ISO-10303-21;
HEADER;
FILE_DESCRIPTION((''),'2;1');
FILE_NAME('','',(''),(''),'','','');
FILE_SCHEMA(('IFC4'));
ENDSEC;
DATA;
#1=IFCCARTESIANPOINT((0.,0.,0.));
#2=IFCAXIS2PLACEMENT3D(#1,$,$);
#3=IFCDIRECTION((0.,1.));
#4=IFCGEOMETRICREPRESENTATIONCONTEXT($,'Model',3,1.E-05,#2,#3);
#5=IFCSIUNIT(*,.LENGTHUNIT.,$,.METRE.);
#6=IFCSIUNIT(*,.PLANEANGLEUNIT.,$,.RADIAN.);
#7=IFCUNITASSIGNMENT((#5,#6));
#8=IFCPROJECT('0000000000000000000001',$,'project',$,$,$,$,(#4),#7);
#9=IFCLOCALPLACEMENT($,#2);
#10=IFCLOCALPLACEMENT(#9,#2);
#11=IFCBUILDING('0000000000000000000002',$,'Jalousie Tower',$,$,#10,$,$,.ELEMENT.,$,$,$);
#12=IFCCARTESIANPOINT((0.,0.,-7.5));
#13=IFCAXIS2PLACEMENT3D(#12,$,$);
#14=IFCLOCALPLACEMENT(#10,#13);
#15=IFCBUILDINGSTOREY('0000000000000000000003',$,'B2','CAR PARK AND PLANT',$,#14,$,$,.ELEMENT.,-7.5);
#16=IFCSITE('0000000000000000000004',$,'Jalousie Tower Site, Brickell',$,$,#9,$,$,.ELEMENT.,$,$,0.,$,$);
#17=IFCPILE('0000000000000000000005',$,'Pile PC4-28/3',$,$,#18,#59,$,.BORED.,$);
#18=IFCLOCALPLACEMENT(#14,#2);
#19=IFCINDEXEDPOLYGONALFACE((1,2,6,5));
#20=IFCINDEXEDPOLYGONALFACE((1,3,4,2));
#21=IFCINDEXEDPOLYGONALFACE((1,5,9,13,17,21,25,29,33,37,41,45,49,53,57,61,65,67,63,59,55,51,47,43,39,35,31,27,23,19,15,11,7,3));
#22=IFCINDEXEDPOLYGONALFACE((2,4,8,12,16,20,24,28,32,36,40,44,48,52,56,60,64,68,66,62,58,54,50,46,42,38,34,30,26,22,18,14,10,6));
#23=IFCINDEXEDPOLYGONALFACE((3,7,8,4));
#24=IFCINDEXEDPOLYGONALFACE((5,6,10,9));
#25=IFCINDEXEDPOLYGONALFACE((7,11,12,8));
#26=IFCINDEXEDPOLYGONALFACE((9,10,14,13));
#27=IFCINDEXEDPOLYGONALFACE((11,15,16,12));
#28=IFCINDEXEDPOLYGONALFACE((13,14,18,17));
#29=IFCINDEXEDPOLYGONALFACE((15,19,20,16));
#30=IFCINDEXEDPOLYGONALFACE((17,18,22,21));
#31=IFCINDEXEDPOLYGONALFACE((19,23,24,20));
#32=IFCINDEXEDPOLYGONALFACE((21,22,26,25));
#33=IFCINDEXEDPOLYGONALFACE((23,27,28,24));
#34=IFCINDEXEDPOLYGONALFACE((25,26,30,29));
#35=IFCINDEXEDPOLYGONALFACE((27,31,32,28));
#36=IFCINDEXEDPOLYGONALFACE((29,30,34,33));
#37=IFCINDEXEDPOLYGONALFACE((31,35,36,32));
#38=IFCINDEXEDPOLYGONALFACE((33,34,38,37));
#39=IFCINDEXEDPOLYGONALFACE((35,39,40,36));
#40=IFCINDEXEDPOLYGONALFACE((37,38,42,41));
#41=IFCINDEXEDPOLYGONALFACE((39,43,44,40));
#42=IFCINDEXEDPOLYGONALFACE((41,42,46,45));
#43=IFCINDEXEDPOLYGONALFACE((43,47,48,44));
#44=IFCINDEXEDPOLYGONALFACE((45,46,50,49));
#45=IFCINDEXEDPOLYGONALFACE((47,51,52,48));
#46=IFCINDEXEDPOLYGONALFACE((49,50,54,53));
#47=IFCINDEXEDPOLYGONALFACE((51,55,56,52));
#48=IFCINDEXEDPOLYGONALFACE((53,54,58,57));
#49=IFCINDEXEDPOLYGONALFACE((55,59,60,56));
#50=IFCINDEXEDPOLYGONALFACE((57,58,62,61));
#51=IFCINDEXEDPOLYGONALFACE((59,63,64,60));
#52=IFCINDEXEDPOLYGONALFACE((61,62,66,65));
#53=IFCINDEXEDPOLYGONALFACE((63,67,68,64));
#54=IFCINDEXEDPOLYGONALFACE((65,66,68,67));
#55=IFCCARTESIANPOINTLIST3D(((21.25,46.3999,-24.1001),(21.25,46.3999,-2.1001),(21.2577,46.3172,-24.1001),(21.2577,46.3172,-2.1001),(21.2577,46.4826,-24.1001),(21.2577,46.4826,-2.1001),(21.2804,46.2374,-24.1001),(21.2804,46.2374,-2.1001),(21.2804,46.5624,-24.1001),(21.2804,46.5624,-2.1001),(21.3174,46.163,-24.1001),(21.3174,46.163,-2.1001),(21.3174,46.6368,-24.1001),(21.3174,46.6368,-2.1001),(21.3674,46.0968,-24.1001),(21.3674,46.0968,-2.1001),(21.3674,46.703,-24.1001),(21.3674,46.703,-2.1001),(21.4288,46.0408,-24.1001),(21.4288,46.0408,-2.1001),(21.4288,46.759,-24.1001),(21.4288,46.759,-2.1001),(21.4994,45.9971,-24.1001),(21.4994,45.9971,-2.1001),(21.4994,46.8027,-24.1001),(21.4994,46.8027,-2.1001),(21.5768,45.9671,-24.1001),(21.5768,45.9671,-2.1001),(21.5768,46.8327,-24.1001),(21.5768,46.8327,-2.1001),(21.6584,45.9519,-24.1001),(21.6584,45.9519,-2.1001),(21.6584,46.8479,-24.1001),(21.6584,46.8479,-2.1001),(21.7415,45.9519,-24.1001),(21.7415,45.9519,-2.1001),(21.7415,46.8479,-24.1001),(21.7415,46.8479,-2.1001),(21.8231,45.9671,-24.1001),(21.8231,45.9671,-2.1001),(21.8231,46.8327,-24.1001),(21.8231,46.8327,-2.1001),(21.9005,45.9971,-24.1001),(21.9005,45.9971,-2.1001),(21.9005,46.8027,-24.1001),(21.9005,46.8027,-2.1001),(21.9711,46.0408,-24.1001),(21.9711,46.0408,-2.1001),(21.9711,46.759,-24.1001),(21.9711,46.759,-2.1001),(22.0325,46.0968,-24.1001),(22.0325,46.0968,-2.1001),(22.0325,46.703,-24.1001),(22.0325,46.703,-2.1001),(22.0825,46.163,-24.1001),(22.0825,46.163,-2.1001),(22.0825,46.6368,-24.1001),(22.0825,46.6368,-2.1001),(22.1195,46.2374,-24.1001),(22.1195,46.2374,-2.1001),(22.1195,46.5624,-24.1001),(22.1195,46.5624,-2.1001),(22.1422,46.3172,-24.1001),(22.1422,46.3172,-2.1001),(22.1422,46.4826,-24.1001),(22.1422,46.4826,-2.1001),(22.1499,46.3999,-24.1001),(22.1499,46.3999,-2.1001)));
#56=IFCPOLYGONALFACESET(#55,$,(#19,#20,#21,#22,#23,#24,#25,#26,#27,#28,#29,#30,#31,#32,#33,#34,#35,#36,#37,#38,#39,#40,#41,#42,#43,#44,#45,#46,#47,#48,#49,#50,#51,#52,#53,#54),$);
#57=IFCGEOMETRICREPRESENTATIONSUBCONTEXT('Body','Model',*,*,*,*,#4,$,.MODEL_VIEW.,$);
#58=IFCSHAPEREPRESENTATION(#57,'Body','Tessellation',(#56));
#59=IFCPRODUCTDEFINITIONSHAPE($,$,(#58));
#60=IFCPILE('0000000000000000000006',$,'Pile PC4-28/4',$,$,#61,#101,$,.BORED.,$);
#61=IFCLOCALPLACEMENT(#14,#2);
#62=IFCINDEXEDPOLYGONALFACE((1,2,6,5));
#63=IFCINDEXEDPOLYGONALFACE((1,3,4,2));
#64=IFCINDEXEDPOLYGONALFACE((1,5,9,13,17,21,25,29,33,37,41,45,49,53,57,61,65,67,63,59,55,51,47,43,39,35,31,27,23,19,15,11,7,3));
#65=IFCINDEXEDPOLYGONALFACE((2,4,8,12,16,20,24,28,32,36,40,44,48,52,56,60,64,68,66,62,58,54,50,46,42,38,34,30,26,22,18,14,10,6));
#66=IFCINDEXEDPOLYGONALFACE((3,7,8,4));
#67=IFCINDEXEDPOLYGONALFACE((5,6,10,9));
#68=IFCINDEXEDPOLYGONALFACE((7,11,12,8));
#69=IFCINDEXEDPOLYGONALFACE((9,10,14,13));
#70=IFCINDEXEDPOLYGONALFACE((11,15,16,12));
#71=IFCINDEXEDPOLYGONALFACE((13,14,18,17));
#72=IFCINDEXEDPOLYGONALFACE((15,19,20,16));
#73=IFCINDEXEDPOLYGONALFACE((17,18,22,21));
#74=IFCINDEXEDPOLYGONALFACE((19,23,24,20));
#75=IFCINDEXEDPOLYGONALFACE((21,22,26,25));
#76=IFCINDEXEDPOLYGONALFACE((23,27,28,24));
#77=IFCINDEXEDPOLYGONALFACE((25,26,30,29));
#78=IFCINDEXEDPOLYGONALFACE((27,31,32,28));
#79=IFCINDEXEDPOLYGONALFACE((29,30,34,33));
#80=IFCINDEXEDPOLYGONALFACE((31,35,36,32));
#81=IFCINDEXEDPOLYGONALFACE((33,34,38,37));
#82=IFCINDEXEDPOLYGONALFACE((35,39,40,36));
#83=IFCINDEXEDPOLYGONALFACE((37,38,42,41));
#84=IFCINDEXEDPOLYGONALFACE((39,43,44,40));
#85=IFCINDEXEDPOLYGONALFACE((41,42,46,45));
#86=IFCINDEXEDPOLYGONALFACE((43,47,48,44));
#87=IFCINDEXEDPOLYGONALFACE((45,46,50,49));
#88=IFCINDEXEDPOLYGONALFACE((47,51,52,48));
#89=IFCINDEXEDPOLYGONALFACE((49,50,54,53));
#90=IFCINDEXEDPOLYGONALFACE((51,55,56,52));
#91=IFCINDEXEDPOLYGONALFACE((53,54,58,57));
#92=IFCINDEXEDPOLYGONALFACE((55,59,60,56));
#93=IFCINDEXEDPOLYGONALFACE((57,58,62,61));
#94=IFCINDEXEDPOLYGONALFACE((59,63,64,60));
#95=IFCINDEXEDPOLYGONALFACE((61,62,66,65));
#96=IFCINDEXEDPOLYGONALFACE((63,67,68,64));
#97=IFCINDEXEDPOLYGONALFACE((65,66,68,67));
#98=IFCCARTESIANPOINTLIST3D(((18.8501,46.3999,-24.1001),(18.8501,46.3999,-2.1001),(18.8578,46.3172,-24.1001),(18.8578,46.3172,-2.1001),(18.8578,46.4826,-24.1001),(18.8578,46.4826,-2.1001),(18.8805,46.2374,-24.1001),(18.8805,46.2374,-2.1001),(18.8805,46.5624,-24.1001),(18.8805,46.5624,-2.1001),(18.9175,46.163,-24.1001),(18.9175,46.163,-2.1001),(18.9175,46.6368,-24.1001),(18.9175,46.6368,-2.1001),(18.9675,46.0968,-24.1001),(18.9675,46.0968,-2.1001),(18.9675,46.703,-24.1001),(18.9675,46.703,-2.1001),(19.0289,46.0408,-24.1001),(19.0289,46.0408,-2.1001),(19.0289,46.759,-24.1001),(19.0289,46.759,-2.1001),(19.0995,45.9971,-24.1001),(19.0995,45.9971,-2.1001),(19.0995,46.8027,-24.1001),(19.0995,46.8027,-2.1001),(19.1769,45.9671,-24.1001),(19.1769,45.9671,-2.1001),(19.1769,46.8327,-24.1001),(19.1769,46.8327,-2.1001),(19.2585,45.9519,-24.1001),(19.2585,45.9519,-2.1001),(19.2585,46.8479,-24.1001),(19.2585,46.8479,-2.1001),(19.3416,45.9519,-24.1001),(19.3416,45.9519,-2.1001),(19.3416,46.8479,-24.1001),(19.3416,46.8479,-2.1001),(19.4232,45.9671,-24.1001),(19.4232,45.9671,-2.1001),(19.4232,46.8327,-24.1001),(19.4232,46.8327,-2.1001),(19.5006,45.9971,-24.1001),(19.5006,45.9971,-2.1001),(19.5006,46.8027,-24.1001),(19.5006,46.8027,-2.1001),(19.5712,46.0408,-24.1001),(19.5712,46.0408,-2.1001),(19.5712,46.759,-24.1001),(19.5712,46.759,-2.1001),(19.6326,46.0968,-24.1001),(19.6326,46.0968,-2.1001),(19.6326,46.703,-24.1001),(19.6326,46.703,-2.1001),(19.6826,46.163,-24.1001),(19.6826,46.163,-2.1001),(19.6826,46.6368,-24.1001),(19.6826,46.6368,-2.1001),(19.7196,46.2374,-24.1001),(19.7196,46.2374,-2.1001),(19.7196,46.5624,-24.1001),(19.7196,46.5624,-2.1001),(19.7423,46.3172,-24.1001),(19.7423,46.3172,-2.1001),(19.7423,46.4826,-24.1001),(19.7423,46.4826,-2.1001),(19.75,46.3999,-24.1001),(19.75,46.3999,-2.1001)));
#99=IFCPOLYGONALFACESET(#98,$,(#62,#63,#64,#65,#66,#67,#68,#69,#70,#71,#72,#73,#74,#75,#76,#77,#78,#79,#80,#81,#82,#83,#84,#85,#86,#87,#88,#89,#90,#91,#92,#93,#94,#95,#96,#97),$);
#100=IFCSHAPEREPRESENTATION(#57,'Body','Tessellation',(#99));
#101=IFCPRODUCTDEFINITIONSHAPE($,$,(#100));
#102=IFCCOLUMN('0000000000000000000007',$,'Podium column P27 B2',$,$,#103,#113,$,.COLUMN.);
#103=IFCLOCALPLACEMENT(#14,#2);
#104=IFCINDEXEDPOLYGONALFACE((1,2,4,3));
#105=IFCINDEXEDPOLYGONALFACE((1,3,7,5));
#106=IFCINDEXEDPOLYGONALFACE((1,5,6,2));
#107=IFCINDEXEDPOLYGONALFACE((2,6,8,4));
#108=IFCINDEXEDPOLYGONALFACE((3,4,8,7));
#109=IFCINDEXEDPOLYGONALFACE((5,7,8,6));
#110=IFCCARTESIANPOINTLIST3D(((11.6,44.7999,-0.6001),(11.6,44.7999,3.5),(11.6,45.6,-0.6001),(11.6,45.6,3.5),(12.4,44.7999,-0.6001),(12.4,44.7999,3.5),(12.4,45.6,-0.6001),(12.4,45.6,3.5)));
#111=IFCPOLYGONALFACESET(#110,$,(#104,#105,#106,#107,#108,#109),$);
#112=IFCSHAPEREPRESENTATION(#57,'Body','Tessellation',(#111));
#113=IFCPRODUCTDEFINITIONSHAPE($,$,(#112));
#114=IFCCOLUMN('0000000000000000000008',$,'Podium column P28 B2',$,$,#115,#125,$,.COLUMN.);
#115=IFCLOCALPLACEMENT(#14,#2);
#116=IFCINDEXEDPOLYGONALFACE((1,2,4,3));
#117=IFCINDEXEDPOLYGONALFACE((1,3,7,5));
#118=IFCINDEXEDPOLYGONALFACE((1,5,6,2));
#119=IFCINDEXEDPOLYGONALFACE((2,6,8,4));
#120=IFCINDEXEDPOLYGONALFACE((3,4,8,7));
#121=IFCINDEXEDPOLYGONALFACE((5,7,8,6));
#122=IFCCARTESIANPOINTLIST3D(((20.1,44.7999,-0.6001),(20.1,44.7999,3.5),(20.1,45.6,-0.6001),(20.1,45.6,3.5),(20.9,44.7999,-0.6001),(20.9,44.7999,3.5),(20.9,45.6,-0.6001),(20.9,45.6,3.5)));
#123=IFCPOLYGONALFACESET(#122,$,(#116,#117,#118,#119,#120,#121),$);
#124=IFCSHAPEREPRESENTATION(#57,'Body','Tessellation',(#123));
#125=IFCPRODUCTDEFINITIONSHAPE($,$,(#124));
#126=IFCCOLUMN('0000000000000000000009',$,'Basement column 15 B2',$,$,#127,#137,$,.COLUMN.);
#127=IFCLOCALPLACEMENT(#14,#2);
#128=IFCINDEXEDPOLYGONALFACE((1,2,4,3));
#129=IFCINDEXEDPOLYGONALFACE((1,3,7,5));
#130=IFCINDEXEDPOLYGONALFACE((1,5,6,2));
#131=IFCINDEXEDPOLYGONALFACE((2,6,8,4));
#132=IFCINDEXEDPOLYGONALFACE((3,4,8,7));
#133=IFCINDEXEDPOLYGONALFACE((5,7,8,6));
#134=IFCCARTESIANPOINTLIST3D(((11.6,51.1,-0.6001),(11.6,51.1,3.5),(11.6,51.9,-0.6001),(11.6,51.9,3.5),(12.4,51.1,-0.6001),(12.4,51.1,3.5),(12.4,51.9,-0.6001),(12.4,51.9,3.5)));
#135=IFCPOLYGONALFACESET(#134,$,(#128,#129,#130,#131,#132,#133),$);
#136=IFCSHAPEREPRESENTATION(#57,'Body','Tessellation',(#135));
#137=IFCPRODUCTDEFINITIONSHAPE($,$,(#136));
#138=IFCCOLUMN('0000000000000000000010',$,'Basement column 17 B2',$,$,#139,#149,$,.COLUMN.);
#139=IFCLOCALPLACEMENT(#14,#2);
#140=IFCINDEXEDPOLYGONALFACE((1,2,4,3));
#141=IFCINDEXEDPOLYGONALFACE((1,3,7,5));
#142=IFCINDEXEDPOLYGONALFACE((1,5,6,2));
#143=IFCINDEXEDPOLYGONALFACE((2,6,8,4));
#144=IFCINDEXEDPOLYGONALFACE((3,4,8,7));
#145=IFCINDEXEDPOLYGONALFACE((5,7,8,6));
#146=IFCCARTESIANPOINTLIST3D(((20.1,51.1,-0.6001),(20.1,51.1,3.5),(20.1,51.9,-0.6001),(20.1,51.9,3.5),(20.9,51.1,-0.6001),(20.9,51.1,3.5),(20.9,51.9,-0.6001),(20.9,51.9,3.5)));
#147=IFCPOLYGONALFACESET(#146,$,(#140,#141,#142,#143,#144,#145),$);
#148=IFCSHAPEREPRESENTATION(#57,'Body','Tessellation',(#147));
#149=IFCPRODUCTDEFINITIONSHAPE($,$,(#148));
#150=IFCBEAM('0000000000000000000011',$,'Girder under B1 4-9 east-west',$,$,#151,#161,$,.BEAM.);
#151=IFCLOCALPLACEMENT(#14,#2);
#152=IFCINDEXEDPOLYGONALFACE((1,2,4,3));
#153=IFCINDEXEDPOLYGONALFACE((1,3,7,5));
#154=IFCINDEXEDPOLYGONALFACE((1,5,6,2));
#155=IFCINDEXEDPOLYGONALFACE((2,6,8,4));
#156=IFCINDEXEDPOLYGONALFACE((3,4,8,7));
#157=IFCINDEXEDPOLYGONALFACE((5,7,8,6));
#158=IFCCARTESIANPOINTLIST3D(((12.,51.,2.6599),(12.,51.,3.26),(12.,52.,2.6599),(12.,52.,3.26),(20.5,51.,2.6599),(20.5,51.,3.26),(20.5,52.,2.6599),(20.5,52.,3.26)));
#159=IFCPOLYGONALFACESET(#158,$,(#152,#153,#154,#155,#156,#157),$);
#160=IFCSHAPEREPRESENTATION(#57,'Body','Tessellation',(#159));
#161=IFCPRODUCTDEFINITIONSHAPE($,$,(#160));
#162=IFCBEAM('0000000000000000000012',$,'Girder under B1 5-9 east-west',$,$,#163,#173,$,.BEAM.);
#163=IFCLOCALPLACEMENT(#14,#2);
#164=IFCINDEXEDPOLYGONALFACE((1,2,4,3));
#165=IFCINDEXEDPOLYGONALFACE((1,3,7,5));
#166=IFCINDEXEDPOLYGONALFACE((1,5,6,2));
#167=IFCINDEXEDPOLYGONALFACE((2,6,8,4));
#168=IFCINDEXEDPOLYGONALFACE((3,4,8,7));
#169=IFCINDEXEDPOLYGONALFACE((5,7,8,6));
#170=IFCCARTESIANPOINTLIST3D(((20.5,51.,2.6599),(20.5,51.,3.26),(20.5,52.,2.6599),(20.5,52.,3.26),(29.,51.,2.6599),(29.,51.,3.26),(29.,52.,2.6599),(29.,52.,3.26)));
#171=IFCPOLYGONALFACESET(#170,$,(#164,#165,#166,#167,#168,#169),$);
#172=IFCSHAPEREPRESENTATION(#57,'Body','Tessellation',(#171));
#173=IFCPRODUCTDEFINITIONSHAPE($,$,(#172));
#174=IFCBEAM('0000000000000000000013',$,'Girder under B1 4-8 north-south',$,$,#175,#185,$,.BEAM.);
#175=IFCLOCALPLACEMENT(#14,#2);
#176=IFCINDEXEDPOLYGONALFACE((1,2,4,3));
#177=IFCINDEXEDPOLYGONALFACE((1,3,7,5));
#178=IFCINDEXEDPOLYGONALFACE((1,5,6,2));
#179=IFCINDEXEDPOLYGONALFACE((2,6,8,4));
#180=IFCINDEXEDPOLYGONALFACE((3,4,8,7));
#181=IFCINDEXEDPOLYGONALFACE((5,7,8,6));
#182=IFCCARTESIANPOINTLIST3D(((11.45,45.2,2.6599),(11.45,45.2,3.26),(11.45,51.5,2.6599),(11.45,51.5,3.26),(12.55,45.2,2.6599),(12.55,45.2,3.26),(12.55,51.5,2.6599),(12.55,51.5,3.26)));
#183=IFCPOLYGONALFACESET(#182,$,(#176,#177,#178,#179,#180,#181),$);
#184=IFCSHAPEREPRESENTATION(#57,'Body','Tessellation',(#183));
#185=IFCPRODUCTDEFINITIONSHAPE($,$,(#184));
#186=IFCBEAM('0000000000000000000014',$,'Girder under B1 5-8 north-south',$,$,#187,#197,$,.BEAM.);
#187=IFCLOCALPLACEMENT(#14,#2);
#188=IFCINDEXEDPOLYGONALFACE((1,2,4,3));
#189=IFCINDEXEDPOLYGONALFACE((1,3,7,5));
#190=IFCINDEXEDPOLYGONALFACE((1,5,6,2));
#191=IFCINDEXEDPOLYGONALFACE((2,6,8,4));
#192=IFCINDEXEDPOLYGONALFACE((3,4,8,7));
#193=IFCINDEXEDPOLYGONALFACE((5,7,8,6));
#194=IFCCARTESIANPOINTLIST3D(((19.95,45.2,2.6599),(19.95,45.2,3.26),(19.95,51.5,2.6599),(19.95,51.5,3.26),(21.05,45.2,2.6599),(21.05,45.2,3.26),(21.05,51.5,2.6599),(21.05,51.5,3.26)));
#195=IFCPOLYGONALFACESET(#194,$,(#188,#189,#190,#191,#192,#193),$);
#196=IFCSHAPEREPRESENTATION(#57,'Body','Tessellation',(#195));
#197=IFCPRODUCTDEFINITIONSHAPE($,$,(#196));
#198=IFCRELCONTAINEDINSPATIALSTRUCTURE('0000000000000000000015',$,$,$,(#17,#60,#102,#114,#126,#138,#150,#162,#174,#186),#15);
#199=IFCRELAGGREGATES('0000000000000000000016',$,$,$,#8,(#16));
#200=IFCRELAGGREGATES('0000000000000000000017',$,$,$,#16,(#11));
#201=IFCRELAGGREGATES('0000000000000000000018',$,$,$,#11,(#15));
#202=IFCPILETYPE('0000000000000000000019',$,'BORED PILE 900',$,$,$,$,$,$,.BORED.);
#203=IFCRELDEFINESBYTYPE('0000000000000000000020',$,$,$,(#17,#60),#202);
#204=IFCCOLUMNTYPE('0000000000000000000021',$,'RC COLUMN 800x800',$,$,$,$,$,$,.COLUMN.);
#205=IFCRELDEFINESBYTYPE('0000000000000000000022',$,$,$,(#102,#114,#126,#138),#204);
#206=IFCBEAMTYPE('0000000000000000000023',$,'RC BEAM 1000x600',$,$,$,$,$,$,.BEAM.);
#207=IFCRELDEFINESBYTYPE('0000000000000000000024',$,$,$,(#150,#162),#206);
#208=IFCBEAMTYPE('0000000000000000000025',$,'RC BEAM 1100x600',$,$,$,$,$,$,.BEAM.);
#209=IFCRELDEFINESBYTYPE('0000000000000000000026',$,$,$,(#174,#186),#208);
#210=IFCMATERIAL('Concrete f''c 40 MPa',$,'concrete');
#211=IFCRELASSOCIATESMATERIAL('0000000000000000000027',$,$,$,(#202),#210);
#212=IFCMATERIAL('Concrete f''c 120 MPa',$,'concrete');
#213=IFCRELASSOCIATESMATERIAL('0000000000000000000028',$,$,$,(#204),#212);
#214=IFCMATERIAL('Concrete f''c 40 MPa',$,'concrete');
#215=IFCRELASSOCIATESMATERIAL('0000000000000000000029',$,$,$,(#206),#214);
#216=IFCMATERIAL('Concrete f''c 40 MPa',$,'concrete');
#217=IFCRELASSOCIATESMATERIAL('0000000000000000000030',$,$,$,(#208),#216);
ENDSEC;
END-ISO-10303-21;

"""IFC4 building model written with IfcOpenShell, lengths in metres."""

from ifc_helpers import new_model, si_unit, direction, frame, origin, origin_2d, place, context, subcontext, project, spatial, rectangle, circle, extrude, material, material_profile, profile_set, type_object, element, save


model = new_model("IFC4")

# Units and contexts
model_context = context("Model", 3, precision=1e-05, world=origin(), true_north=direction((0.0, 1.0)))
body_context = subcontext(model_context, "Body", "Model", "MODEL_VIEW")
ifc_project = project(units=[si_unit("LENGTHUNIT", "METRE"), si_unit("PLANEANGLEUNIT", "RADIAN")], contexts=[model_context])

# Site, building, storey
site_placement = place(None, origin())
site = spatial("IfcSite", under=ifc_project, at=site_placement, Name="Jalousie Tower Site, Brickell", CompositionType="ELEMENT", RefElevation=0.0)
building_placement = place(site_placement, origin())
building = spatial("IfcBuilding", under=site, at=building_placement, Name="Jalousie Tower", CompositionType="ELEMENT")
storey_placement = place(building_placement, frame((0.0, 0.0, -7.5)))
storey = spatial("IfcBuildingStorey", under=building, at=storey_placement, Name="B2", Description="CAR PARK AND PLANT", CompositionType="ELEMENT", Elevation=-7.5)

# Piles
ifc_material_1 = material(Name="Concrete f'c 40 MPa", Category="concrete")
ifc_material_profile_1 = material_profile(ifc_material_1, circle(Radius=0.45, at=origin_2d()), Name="BORED PILE D900")
ifc_profile_set_1 = profile_set([ifc_material_profile_1], Name="Concrete f'c 40 MPa")
pile_type_1 = type_object("IfcPileType", Name="BORED PILE 900", PredefinedType="BORED", material=ifc_profile_set_1)
for number, where, z_axis, x_axis, name in (
    (1, (21.7, 46.3999, -2.1001), (0.0, 0.0, -1.0), (1.0, 0.0, 0.0), "Pile PC4-28/3"),
    (2, (19.3, 46.3999, -2.1001), (0.0, 0.0, -1.0), (1.0, 0.0, 0.0), "Pile PC4-28/4"),
):
    element("IfcPile", number, at=place(storey_placement, frame(where, z_axis=z_axis, x_axis=x_axis)), inside=storey, type_object=pile_type_1, Name=name, PredefinedType="BORED", context=body_context, shape_type="SweptSolid", body=[
        extrude(circle(Radius=0.45, at=origin_2d()), origin(), (0.0, 0.0, 1.0), 22.0),
    ])

# Columns
ifc_material_2 = material(Name="Concrete f'c 120 MPa", Category="concrete")
ifc_material_profile_2 = material_profile(ifc_material_2, rectangle(XDim=0.8, YDim=0.8, at=origin_2d()), Name="RC 800x800")
ifc_profile_set_2 = profile_set([ifc_material_profile_2], Name="Concrete f'c 120 MPa")
column_type = type_object("IfcColumnType", Name="RC COLUMN 800x800", PredefinedType="COLUMN", material=ifc_profile_set_2)
for number, where, z_axis, x_axis, name in (
    (3, (12.0, 45.2, -0.6001), (0.0, 0.0, 1.0), (1.0, 0.0, 0.0), "Podium column P27 B2"),
    (4, (20.5, 45.2, -0.6001), (0.0, 0.0, 1.0), (1.0, 0.0, 0.0), "Podium column P28 B2"),
    (5, (12.0, 51.5, -0.6001), (0.0, 0.0, 1.0), (1.0, 0.0, 0.0), "Basement column 15 B2"),
    (6, (20.5, 51.5, -0.6001), (0.0, 0.0, 1.0), (1.0, 0.0, 0.0), "Basement column 17 B2"),
):
    element("IfcColumn", number, at=place(storey_placement, frame(where, z_axis=z_axis, x_axis=x_axis)), inside=storey, type_object=column_type, Name=name, PredefinedType="COLUMN", context=body_context, shape_type="SweptSolid", body=[
        extrude(rectangle(XDim=0.8, YDim=0.8, at=origin_2d()), origin(), (0.0, 0.0, 1.0), 4.1001),
    ])

# Beams
ifc_material_3 = material(Name="Concrete f'c 40 MPa", Category="concrete")
ifc_material_profile_3 = material_profile(ifc_material_3, rectangle(XDim=1.0, YDim=0.6001, at=origin_2d()), Name="RC 1000x600")
ifc_profile_set_3 = profile_set([ifc_material_profile_3], Name="Concrete f'c 40 MPa")
beam_type_1 = type_object("IfcBeamType", Name="RC BEAM 1000x600", PredefinedType="BEAM", material=ifc_profile_set_3)
for number, where, z_axis, x_axis, name in (
    (7, (12.0, 51.5, 2.96), (1.0, 0.0, 0.0), (0.0, 1.0, 0.0), "Girder under B1 4-9 east-west"),
    (8, (20.5, 51.5, 2.96), (1.0, 0.0, 0.0), (0.0, 1.0, 0.0), "Girder under B1 5-9 east-west"),
):
    element("IfcBeam", number, at=place(storey_placement, frame(where, z_axis=z_axis, x_axis=x_axis)), inside=storey, type_object=beam_type_1, Name=name, PredefinedType="BEAM", context=body_context, shape_type="SweptSolid", body=[
        extrude(rectangle(XDim=1.0, YDim=0.6001, at=origin_2d()), origin(), (0.0, 0.0, 1.0), 8.5),
    ])
ifc_material_4 = material(Name="Concrete f'c 40 MPa", Category="concrete")
ifc_material_profile_4 = material_profile(ifc_material_4, rectangle(XDim=1.1001, YDim=0.6001, at=origin_2d()), Name="RC 1100x600")
ifc_profile_set_4 = profile_set([ifc_material_profile_4], Name="Concrete f'c 40 MPa")
beam_type_2 = type_object("IfcBeamType", Name="RC BEAM 1100x600", PredefinedType="BEAM", material=ifc_profile_set_4)
for number, where, z_axis, x_axis, name in (
    (9, (12.0, 45.2, 2.96), (0.0, 1.0, 0.0), (-1.0, 0.0, 0.0), "Girder under B1 4-8 north-south"),
    (10, (20.5, 45.2, 2.96), (0.0, 1.0, 0.0), (-1.0, 0.0, 0.0), "Girder under B1 5-8 north-south"),
):
    element("IfcBeam", number, at=place(storey_placement, frame(where, z_axis=z_axis, x_axis=x_axis)), inside=storey, type_object=beam_type_2, Name=name, PredefinedType="BEAM", context=body_context, shape_type="SweptSolid", body=[
        extrude(rectangle(XDim=1.1001, YDim=0.6001, at=origin_2d()), origin(), (0.0, 0.0, 1.0), 6.3),
    ])

save(model, "model.ifc")
